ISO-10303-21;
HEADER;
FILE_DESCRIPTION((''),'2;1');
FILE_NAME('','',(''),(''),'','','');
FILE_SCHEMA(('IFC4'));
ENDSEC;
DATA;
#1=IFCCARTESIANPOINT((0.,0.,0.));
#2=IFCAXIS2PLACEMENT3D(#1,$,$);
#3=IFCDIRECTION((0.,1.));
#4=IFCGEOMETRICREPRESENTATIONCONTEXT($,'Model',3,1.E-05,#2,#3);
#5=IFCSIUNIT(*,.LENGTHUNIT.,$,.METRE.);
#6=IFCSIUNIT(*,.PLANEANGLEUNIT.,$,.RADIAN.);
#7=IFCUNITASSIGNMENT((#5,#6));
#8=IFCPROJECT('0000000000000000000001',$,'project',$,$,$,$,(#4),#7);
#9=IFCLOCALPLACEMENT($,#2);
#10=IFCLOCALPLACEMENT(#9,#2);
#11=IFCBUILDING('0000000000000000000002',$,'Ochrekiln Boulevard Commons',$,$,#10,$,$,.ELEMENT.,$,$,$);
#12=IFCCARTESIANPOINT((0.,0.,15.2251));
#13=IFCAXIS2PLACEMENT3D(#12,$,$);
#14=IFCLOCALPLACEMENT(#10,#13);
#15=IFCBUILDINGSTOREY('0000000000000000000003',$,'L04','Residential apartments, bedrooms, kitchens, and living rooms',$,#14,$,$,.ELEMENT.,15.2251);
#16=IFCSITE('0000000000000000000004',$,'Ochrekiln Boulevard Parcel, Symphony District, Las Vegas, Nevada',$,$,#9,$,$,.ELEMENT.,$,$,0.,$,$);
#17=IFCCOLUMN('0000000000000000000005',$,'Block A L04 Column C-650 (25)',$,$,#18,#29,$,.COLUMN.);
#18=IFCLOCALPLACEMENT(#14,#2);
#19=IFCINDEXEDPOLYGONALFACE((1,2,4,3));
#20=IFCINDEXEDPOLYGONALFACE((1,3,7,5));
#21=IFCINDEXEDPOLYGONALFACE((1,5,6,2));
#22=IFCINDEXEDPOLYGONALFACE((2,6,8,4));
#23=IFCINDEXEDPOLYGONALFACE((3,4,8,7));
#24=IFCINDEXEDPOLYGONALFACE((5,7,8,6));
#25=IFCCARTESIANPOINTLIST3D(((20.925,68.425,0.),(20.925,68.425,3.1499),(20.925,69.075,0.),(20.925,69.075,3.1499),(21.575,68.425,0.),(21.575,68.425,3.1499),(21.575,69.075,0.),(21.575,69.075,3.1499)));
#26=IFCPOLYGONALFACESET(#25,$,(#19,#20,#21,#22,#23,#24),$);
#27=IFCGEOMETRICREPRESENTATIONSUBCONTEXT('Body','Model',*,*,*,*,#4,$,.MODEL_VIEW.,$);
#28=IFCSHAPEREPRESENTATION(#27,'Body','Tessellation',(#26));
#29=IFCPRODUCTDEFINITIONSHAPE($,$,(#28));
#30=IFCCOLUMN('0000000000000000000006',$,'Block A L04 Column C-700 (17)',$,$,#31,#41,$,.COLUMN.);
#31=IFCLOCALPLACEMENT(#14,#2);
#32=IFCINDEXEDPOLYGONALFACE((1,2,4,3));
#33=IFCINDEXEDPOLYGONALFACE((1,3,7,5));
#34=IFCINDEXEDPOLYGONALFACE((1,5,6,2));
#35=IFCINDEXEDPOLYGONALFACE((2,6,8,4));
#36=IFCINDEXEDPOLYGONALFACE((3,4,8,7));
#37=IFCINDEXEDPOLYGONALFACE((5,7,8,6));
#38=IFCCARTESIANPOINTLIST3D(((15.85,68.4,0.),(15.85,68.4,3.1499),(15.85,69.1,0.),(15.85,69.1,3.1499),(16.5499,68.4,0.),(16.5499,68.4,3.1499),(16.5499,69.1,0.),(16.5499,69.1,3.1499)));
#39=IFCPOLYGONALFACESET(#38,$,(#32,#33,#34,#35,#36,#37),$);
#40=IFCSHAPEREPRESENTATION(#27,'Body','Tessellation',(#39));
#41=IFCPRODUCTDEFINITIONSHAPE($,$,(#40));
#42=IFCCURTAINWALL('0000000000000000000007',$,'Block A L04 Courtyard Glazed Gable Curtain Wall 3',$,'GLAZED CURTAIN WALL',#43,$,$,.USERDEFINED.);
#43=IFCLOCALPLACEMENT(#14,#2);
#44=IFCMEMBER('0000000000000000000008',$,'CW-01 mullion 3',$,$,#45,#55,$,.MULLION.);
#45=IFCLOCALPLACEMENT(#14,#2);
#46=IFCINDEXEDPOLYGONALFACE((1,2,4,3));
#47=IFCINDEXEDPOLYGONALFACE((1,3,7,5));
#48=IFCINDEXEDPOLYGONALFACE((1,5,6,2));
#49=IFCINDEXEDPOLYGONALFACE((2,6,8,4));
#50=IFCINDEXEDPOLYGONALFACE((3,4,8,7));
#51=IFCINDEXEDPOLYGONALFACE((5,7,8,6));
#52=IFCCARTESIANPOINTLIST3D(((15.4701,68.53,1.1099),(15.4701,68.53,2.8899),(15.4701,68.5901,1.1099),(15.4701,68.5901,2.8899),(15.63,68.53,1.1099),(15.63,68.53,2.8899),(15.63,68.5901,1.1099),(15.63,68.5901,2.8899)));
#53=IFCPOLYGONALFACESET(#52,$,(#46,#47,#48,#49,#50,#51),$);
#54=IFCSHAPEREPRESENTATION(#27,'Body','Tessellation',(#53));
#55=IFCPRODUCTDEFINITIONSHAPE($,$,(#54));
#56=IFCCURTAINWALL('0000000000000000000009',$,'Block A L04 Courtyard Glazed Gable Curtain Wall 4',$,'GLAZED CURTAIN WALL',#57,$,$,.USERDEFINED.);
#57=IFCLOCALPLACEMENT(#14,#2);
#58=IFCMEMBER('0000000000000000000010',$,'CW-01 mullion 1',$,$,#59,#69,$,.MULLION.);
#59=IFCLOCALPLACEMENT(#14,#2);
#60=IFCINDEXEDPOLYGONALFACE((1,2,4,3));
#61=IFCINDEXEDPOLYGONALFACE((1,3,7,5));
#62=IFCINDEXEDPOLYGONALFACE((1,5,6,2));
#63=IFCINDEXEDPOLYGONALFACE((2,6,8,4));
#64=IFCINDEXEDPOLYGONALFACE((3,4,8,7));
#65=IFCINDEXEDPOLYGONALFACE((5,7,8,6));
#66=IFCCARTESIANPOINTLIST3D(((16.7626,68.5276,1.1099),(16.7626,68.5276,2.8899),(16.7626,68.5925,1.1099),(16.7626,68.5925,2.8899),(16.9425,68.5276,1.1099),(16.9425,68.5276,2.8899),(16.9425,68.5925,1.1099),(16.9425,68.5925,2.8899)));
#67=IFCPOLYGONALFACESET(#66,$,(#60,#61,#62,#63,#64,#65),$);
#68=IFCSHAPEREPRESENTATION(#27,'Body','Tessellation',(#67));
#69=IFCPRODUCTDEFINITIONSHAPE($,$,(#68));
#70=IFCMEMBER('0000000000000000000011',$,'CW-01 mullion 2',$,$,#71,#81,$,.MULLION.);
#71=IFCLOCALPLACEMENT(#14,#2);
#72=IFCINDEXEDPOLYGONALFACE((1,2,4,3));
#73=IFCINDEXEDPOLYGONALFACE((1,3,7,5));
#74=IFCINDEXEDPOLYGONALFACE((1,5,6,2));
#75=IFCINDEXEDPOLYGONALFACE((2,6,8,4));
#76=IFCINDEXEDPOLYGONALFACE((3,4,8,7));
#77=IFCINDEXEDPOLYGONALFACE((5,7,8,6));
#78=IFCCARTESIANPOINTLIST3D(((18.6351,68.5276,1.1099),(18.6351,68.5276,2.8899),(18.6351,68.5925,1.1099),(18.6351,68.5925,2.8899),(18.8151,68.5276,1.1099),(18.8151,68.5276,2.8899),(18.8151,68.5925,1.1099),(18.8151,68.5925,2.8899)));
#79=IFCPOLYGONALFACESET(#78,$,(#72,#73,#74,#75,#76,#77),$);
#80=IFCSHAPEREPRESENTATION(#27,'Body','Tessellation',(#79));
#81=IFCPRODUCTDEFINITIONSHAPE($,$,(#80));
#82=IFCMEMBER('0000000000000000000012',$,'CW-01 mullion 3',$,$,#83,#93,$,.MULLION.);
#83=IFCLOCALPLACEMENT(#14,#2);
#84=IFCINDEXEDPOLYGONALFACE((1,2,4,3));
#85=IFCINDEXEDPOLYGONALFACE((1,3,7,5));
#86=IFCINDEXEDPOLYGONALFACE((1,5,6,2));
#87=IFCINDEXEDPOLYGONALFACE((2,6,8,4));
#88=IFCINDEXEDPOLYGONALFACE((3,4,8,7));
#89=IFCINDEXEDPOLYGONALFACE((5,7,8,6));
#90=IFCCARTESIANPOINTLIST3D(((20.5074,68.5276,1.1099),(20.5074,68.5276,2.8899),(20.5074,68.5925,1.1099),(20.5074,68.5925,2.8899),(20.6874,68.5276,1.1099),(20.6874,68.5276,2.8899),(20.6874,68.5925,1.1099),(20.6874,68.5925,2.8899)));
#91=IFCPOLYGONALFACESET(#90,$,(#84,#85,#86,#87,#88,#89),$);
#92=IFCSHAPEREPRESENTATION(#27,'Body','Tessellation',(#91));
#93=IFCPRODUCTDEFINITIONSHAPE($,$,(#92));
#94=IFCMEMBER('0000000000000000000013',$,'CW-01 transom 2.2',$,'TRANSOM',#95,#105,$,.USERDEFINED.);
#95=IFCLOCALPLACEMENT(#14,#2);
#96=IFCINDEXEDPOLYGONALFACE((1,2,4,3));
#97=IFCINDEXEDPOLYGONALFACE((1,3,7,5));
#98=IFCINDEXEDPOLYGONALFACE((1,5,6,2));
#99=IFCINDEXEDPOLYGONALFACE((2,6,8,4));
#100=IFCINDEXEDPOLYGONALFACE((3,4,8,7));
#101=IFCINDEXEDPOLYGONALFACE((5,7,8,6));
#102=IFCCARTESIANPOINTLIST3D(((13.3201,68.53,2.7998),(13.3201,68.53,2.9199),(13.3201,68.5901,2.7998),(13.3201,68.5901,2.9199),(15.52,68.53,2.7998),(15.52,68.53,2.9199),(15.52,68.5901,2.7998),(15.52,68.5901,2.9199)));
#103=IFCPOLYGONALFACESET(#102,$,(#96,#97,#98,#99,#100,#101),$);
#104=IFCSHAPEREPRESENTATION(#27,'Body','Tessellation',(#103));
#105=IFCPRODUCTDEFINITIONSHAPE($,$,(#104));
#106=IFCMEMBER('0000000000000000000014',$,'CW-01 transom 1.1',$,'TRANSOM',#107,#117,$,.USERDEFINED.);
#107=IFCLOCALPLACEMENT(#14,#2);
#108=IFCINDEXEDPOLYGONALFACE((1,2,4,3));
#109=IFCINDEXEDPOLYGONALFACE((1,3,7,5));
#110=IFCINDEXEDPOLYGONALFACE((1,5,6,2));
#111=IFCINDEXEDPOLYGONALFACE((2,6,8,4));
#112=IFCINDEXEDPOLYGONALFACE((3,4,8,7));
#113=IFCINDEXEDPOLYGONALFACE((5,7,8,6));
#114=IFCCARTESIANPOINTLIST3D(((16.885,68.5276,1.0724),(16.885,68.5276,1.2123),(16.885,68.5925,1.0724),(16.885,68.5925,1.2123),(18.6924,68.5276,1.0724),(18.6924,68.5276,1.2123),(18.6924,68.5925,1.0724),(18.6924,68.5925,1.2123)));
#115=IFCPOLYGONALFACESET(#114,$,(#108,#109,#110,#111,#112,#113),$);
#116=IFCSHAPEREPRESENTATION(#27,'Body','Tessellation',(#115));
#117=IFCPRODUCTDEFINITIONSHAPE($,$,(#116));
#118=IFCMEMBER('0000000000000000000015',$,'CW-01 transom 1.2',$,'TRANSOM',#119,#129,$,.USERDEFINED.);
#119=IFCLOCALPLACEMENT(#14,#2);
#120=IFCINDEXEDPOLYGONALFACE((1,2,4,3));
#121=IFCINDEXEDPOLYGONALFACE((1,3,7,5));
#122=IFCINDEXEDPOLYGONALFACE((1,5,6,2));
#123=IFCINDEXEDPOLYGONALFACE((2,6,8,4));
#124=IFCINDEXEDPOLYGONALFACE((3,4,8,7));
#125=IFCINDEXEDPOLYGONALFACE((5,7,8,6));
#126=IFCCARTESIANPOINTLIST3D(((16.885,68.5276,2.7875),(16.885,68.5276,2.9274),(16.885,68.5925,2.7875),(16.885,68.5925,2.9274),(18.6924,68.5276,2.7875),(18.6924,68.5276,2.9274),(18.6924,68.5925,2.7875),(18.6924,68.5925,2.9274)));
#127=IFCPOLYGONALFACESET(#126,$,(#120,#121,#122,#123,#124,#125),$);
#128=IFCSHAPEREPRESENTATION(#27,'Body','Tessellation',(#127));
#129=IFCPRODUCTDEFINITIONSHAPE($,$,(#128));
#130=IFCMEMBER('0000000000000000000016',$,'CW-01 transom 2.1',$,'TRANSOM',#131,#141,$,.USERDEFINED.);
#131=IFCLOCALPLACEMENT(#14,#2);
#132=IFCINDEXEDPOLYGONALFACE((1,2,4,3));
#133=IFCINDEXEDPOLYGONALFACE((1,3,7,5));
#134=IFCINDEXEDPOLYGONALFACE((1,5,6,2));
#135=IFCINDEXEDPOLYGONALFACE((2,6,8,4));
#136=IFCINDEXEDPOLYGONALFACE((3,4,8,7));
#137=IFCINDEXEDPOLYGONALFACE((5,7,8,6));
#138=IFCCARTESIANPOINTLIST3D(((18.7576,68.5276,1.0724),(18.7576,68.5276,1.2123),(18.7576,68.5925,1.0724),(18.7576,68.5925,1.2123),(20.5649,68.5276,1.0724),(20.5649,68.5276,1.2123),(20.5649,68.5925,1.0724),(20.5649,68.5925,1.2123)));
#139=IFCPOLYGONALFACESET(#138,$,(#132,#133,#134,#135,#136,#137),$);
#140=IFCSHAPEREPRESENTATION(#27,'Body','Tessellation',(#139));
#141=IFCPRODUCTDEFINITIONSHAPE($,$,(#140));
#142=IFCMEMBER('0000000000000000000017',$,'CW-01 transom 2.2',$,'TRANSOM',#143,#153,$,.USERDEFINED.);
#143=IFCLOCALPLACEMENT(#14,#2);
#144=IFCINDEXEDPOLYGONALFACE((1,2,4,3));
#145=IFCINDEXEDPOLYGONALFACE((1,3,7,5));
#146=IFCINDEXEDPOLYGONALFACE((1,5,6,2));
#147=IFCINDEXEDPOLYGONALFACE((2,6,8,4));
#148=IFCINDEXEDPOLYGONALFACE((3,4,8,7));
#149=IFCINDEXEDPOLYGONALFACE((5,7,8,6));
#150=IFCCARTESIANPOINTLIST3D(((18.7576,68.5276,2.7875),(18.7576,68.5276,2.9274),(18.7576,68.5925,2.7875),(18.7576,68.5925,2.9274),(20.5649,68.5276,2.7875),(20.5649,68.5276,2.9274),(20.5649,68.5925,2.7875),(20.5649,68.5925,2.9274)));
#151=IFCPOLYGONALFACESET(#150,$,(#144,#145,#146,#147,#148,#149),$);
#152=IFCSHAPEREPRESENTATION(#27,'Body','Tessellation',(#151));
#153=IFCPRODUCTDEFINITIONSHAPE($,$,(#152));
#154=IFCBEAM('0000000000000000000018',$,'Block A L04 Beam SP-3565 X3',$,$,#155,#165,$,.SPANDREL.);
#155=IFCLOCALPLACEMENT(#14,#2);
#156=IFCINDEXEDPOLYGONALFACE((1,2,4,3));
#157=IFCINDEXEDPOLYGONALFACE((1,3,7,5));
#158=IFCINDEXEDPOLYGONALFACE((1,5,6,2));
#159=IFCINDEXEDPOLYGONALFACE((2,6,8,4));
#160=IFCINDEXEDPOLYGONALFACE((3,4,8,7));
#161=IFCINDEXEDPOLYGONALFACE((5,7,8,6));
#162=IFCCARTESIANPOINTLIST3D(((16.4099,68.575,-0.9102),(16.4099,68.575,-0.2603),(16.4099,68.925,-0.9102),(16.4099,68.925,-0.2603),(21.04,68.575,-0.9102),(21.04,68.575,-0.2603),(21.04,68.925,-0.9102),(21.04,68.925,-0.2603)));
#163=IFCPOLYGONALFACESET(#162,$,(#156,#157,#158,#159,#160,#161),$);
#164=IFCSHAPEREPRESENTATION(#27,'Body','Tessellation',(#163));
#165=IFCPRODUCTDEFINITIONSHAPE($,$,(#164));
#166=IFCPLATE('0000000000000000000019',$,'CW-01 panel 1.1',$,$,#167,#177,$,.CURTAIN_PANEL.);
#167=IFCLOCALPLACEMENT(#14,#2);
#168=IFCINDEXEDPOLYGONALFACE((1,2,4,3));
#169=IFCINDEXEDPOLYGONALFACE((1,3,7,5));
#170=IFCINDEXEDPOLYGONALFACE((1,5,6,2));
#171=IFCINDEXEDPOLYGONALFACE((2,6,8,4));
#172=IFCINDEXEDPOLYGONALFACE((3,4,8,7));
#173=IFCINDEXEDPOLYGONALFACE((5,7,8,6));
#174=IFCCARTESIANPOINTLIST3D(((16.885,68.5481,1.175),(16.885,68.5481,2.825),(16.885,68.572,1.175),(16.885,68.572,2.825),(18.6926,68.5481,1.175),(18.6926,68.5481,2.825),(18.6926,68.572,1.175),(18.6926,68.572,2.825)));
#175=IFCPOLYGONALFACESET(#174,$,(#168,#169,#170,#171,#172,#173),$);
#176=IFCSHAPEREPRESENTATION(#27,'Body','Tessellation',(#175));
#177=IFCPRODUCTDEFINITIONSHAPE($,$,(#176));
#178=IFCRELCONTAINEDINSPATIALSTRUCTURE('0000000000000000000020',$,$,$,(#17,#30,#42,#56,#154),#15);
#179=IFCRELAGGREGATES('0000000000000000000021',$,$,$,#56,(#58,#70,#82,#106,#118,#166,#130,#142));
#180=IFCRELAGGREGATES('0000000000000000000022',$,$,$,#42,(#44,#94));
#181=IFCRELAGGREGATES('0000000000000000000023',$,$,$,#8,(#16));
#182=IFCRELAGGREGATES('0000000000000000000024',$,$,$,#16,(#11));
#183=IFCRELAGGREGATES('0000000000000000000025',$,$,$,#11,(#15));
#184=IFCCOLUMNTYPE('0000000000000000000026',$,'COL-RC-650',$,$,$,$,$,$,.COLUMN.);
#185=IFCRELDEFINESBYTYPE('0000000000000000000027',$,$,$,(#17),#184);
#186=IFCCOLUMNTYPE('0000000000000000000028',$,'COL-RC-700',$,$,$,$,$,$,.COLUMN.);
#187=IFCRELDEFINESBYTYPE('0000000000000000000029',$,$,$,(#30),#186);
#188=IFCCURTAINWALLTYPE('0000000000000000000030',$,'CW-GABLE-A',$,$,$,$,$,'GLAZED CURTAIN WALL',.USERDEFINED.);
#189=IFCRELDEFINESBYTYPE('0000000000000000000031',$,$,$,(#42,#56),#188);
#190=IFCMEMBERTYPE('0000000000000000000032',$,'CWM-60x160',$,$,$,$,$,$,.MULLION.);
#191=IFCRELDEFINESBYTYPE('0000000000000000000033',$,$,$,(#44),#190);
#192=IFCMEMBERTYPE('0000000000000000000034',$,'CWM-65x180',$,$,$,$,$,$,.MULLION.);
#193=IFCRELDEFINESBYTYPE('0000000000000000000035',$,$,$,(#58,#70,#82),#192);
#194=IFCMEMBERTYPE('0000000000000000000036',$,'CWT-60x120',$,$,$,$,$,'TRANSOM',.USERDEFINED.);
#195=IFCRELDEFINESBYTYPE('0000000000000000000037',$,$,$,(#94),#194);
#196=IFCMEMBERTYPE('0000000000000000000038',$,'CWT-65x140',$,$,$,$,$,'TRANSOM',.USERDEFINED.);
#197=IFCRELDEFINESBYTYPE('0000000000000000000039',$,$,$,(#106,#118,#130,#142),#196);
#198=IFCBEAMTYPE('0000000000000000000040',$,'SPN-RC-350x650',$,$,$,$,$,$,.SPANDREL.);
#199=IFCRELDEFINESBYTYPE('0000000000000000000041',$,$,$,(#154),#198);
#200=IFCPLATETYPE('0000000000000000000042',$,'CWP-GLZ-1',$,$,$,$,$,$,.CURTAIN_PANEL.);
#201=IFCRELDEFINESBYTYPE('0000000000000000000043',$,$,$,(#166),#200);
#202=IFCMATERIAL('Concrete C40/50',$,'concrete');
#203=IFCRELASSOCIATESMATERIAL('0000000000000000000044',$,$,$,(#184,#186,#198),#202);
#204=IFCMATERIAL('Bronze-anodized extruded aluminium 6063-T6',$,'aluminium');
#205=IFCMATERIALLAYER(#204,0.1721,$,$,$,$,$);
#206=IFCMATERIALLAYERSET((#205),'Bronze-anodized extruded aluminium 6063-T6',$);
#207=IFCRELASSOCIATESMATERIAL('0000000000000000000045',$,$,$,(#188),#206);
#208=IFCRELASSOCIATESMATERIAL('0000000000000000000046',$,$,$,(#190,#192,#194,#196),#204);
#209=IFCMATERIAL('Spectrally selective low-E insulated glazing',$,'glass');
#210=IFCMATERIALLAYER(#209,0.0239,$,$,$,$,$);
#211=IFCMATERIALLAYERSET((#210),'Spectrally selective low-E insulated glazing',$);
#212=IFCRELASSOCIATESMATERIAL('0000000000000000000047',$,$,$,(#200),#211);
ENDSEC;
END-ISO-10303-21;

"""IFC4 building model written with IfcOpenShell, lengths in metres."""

from ifc_helpers import new_model, si_unit, direction, frame, origin, origin_2d, place, context, subcontext, project, spatial, rectangle, extrude, material, layer, layer_set, material_profile, profile_set, type_object, element, aggregate, save


model = new_model("IFC4")

# Units and contexts
model_context = context("Model", 3, precision=1e-05, world=origin(), true_north=direction((0.0, 1.0)))
body_context = subcontext(model_context, "Body", "Model", "MODEL_VIEW")
ifc_project = project(units=[si_unit("LENGTHUNIT", "METRE"), si_unit("PLANEANGLEUNIT", "RADIAN")], contexts=[model_context])

# Site, building, storey
site_placement = place(None, origin())
site = spatial("IfcSite", under=ifc_project, at=site_placement, Name="Ochrekiln Boulevard Parcel, Symphony District, Las Vegas, Nevada", CompositionType="ELEMENT", RefElevation=0.0)
building_placement = place(site_placement, origin())
building = spatial("IfcBuilding", under=site, at=building_placement, Name="Ochrekiln Boulevard Commons", CompositionType="ELEMENT")
storey_placement = place(building_placement, frame((0.0, 0.0, 15.2251)))
storey = spatial("IfcBuildingStorey", under=building, at=storey_placement, Name="L04", Description="Residential apartments, bedrooms, kitchens, and living rooms", CompositionType="ELEMENT", Elevation=15.2251)

# Columns
ifc_material_1 = material(Name="Concrete C40/50", Category="concrete")
ifc_material_profile_1 = material_profile(ifc_material_1, rectangle(XDim=0.6499, YDim=0.6499, at=origin_2d()), Name="RC-COL-650x650")
ifc_profile_set_1 = profile_set([ifc_material_profile_1], Name="Concrete C40/50")
column_type_1 = type_object("IfcColumnType", Name="COL-RC-650", PredefinedType="COLUMN", material=ifc_profile_set_1)
column_1_placement = place(storey_placement, frame((21.25, 68.75, 0.0), z_axis=(0.0, 0.0, 1.0), x_axis=(1.0, 0.0, 0.0)))
element("IfcColumn", 1, at=column_1_placement, inside=storey, type_object=column_type_1, Name="Block A L04 Column C-650 (25)", PredefinedType="COLUMN", context=body_context, shape_type="SweptSolid", body=[
    extrude(rectangle(XDim=0.6499, YDim=0.6499, at=origin_2d()), origin(), (0.0, 0.0, 1.0), 3.1499),
])
ifc_material_profile_2 = material_profile(ifc_material_1, rectangle(XDim=0.7, YDim=0.7, at=origin_2d()), Name="RC-COL-700x700")
ifc_profile_set_2 = profile_set([ifc_material_profile_2], Name="Concrete C40/50")
column_type_2 = type_object("IfcColumnType", Name="COL-RC-700", PredefinedType="COLUMN", material=ifc_profile_set_2)
column_2_placement = place(storey_placement, frame((16.2, 68.75, 0.0), z_axis=(0.0, 0.0, 1.0), x_axis=(1.0, 0.0, 0.0)))
element("IfcColumn", 2, at=column_2_placement, inside=storey, type_object=column_type_2, Name="Block A L04 Column C-700 (17)", PredefinedType="COLUMN", context=body_context, shape_type="SweptSolid", body=[
    extrude(rectangle(XDim=0.7, YDim=0.7, at=origin_2d()), origin(), (0.0, 0.0, 1.0), 3.1499),
])

# Curtain wall, member
ifc_material_2 = material(Name="Bronze-anodized extruded aluminium 6063-T6", Category="aluminium")
ifc_layer_1 = layer(ifc_material_2, 0.1721)
ifc_layer_set_1 = layer_set([ifc_layer_1], Name="Bronze-anodized extruded aluminium 6063-T6")
curtain_wall_type = type_object("IfcCurtainWallType", Name="CW-GABLE-A", ElementType="GLAZED CURTAIN WALL", PredefinedType="USERDEFINED", material=ifc_layer_set_1)
curtain_wall_1_placement = place(storey_placement, origin())
curtain_wall_1 = element("IfcCurtainWall", 3, at=curtain_wall_1_placement, inside=storey, type_object=curtain_wall_type, Name="Block A L04 Courtyard Glazed Gable Curtain Wall 3", ObjectType="GLAZED CURTAIN WALL", PredefinedType="USERDEFINED")
ifc_material_profile_3 = material_profile(ifc_material_2, rectangle(XDim=0.0601, YDim=0.1599, at=origin_2d()), Name="ALU-MUL-60x160")
ifc_profile_set_3 = profile_set([ifc_material_profile_3], Name="Bronze-anodized extruded aluminium 6063-T6")
member_type_1 = type_object("IfcMemberType", Name="CWM-60x160", PredefinedType="MULLION", material=ifc_profile_set_3)
member_1_placement = place(storey_placement, frame((15.55, 68.5601, 1.1099), z_axis=(0.0, 0.0, 1.0), x_axis=(0.0, 1.0, 0.0)))
member_1 = element("IfcMember", 4, at=member_1_placement, type_object=member_type_1, Name="CW-01 mullion 3", PredefinedType="MULLION", context=body_context, shape_type="SweptSolid", body=[
    extrude(rectangle(XDim=0.0601, YDim=0.1599, at=origin_2d()), origin(), (0.0, 0.0, 1.0), 1.78),
])

# Curtain wall, members
curtain_wall_2_placement = place(storey_placement, origin())
curtain_wall_2 = element("IfcCurtainWall", 5, at=curtain_wall_2_placement, inside=storey, type_object=curtain_wall_type, Name="Block A L04 Courtyard Glazed Gable Curtain Wall 4", ObjectType="GLAZED CURTAIN WALL", PredefinedType="USERDEFINED")
ifc_material_profile_4 = material_profile(ifc_material_2, rectangle(XDim=0.0649, YDim=0.1799, at=origin_2d()), Name="ALU-MUL-65x180")
ifc_profile_set_4 = profile_set([ifc_material_profile_4], Name="Bronze-anodized extruded aluminium 6063-T6")
member_type_2 = type_object("IfcMemberType", Name="CWM-65x180", PredefinedType="MULLION", material=ifc_profile_set_4)
member_2_placement = place(storey_placement, frame((16.8525, 68.5601, 1.1099), z_axis=(0.0, 0.0, 1.0), x_axis=(0.0, 1.0, 0.0)))
member_2 = element("IfcMember", 6, at=member_2_placement, type_object=member_type_2, Name="CW-01 mullion 1", PredefinedType="MULLION", context=body_context, shape_type="SweptSolid", body=[
    extrude(rectangle(XDim=0.0649, YDim=0.1799, at=origin_2d()), origin(), (0.0, 0.0, 1.0), 1.78),
])
member_3_placement = place(storey_placement, frame((18.7251, 68.5601, 1.1099), z_axis=(0.0, 0.0, 1.0), x_axis=(0.0, 1.0, 0.0)))
member_3 = element("IfcMember", 7, at=member_3_placement, type_object=member_type_2, Name="CW-01 mullion 2", PredefinedType="MULLION", context=body_context, shape_type="SweptSolid", body=[
    extrude(rectangle(XDim=0.0649, YDim=0.1799, at=origin_2d()), origin(), (0.0, 0.0, 1.0), 1.78),
])
member_4_placement = place(storey_placement, frame((20.5974, 68.5601, 1.1099), z_axis=(0.0, 0.0, 1.0), x_axis=(0.0, 1.0, 0.0)))
member_4 = element("IfcMember", 8, at=member_4_placement, type_object=member_type_2, Name="CW-01 mullion 3", PredefinedType="MULLION", context=body_context, shape_type="SweptSolid", body=[
    extrude(rectangle(XDim=0.0649, YDim=0.1799, at=origin_2d()), origin(), (0.0, 0.0, 1.0), 1.78),
])

# Members
ifc_material_profile_5 = material_profile(ifc_material_2, rectangle(XDim=0.0601, YDim=0.1201, at=origin_2d()), Name="ALU-TRN-60x120")
ifc_profile_set_5 = profile_set([ifc_material_profile_5], Name="Bronze-anodized extruded aluminium 6063-T6")
member_type_3 = type_object("IfcMemberType", Name="CWT-60x120", ElementType="TRANSOM", PredefinedType="USERDEFINED", material=ifc_profile_set_5)
member_5_placement = place(storey_placement, frame((13.3201, 68.5601, 2.8599), z_axis=(1.0, 0.0, 0.0), x_axis=(0.0, 1.0, 0.0)))
member_5 = element("IfcMember", 9, at=member_5_placement, type_object=member_type_3, Name="CW-01 transom 2.2", ObjectType="TRANSOM", PredefinedType="USERDEFINED", context=body_context, shape_type="SweptSolid", body=[
    extrude(rectangle(XDim=0.0601, YDim=0.1201, at=origin_2d()), origin(), (0.0, 0.0, 1.0), 2.2),
])
ifc_material_profile_6 = material_profile(ifc_material_2, rectangle(XDim=0.0649, YDim=0.1399, at=origin_2d()), Name="ALU-TRN-65x140")
ifc_profile_set_6 = profile_set([ifc_material_profile_6], Name="Bronze-anodized extruded aluminium 6063-T6")
member_type_4 = type_object("IfcMemberType", Name="CWT-65x140", ElementType="TRANSOM", PredefinedType="USERDEFINED", material=ifc_profile_set_6)
member_6_placement = place(storey_placement, frame((16.885, 68.5601, 1.1423), z_axis=(1.0, 0.0, 0.0), x_axis=(0.0, 1.0, 0.0)))
member_6 = element("IfcMember", 10, at=member_6_placement, type_object=member_type_4, Name="CW-01 transom 1.1", ObjectType="TRANSOM", PredefinedType="USERDEFINED", context=body_context, shape_type="SweptSolid", body=[
    extrude(rectangle(XDim=0.0649, YDim=0.1399, at=origin_2d()), origin(), (0.0, 0.0, 1.0), 1.8074),
])
member_7_placement = place(storey_placement, frame((16.885, 68.5601, 2.8574), z_axis=(1.0, 0.0, 0.0), x_axis=(0.0, 1.0, 0.0)))
member_7 = element("IfcMember", 11, at=member_7_placement, type_object=member_type_4, Name="CW-01 transom 1.2", ObjectType="TRANSOM", PredefinedType="USERDEFINED", context=body_context, shape_type="SweptSolid", body=[
    extrude(rectangle(XDim=0.0649, YDim=0.1399, at=origin_2d()), origin(), (0.0, 0.0, 1.0), 1.8074),
])
member_8_placement = place(storey_placement, frame((18.7576, 68.5601, 1.1423), z_axis=(1.0, 0.0, 0.0), x_axis=(0.0, 1.0, 0.0)))
member_8 = element("IfcMember", 12, at=member_8_placement, type_object=member_type_4, Name="CW-01 transom 2.1", ObjectType="TRANSOM", PredefinedType="USERDEFINED", context=body_context, shape_type="SweptSolid", body=[
    extrude(rectangle(XDim=0.0649, YDim=0.1399, at=origin_2d()), origin(), (0.0, 0.0, 1.0), 1.8074),
])
member_9_placement = place(storey_placement, frame((18.7576, 68.5601, 2.8574), z_axis=(1.0, 0.0, 0.0), x_axis=(0.0, 1.0, 0.0)))
member_9 = element("IfcMember", 13, at=member_9_placement, type_object=member_type_4, Name="CW-01 transom 2.2", ObjectType="TRANSOM", PredefinedType="USERDEFINED", context=body_context, shape_type="SweptSolid", body=[
    extrude(rectangle(XDim=0.0649, YDim=0.1399, at=origin_2d()), origin(), (0.0, 0.0, 1.0), 1.8074),
])

# Beam
ifc_material_profile_7 = material_profile(ifc_material_1, rectangle(XDim=0.3501, YDim=0.6499, at=origin_2d()), Name="RC-SPN-350x650")
ifc_profile_set_7 = profile_set([ifc_material_profile_7], Name="Concrete C40/50")
beam_type = type_object("IfcBeamType", Name="SPN-RC-350x650", PredefinedType="SPANDREL", material=ifc_profile_set_7)
beam_placement = place(storey_placement, frame((16.4099, 68.75, -0.5852), z_axis=(1.0, 0.0, 0.0), x_axis=(0.0, 1.0, 0.0)))
element("IfcBeam", 14, at=beam_placement, inside=storey, type_object=beam_type, Name="Block A L04 Beam SP-3565 X3", PredefinedType="SPANDREL", context=body_context, shape_type="SweptSolid", body=[
    extrude(rectangle(XDim=0.3501, YDim=0.6499, at=origin_2d()), origin(), (0.0, 0.0, 1.0), 4.6301),
])

# Plate
ifc_material_3 = material(Name="Spectrally selective low-E insulated glazing", Category="glass")
ifc_layer_2 = layer(ifc_material_3, 0.0239)
ifc_layer_set_2 = layer_set([ifc_layer_2], Name="Spectrally selective low-E insulated glazing")
plate_type_1 = type_object("IfcPlateType", Name="CWP-GLZ-1", PredefinedType="CURTAIN_PANEL", material=ifc_layer_set_2)
plate_1_placement = place(storey_placement, frame((17.7888, 68.5601, 1.175), z_axis=(0.0, 0.0, 1.0), x_axis=(1.0, 0.0, 0.0)))
plate_1 = element("IfcPlate", 15, at=plate_1_placement, type_object=plate_type_1, Name="CW-01 panel 1.1", PredefinedType="CURTAIN_PANEL", context=body_context, shape_type="SweptSolid", body=[
    extrude(rectangle(XDim=1.8076, YDim=0.0239, at=origin_2d()), origin(), (0.0, 0.0, 1.0), 1.6499),
])
aggregate(curtain_wall_2, [member_2, member_3, member_4, member_6, member_7, plate_1, member_8, member_9])
aggregate(curtain_wall_1, [member_1, member_5])

save(model, "model.ifc")
